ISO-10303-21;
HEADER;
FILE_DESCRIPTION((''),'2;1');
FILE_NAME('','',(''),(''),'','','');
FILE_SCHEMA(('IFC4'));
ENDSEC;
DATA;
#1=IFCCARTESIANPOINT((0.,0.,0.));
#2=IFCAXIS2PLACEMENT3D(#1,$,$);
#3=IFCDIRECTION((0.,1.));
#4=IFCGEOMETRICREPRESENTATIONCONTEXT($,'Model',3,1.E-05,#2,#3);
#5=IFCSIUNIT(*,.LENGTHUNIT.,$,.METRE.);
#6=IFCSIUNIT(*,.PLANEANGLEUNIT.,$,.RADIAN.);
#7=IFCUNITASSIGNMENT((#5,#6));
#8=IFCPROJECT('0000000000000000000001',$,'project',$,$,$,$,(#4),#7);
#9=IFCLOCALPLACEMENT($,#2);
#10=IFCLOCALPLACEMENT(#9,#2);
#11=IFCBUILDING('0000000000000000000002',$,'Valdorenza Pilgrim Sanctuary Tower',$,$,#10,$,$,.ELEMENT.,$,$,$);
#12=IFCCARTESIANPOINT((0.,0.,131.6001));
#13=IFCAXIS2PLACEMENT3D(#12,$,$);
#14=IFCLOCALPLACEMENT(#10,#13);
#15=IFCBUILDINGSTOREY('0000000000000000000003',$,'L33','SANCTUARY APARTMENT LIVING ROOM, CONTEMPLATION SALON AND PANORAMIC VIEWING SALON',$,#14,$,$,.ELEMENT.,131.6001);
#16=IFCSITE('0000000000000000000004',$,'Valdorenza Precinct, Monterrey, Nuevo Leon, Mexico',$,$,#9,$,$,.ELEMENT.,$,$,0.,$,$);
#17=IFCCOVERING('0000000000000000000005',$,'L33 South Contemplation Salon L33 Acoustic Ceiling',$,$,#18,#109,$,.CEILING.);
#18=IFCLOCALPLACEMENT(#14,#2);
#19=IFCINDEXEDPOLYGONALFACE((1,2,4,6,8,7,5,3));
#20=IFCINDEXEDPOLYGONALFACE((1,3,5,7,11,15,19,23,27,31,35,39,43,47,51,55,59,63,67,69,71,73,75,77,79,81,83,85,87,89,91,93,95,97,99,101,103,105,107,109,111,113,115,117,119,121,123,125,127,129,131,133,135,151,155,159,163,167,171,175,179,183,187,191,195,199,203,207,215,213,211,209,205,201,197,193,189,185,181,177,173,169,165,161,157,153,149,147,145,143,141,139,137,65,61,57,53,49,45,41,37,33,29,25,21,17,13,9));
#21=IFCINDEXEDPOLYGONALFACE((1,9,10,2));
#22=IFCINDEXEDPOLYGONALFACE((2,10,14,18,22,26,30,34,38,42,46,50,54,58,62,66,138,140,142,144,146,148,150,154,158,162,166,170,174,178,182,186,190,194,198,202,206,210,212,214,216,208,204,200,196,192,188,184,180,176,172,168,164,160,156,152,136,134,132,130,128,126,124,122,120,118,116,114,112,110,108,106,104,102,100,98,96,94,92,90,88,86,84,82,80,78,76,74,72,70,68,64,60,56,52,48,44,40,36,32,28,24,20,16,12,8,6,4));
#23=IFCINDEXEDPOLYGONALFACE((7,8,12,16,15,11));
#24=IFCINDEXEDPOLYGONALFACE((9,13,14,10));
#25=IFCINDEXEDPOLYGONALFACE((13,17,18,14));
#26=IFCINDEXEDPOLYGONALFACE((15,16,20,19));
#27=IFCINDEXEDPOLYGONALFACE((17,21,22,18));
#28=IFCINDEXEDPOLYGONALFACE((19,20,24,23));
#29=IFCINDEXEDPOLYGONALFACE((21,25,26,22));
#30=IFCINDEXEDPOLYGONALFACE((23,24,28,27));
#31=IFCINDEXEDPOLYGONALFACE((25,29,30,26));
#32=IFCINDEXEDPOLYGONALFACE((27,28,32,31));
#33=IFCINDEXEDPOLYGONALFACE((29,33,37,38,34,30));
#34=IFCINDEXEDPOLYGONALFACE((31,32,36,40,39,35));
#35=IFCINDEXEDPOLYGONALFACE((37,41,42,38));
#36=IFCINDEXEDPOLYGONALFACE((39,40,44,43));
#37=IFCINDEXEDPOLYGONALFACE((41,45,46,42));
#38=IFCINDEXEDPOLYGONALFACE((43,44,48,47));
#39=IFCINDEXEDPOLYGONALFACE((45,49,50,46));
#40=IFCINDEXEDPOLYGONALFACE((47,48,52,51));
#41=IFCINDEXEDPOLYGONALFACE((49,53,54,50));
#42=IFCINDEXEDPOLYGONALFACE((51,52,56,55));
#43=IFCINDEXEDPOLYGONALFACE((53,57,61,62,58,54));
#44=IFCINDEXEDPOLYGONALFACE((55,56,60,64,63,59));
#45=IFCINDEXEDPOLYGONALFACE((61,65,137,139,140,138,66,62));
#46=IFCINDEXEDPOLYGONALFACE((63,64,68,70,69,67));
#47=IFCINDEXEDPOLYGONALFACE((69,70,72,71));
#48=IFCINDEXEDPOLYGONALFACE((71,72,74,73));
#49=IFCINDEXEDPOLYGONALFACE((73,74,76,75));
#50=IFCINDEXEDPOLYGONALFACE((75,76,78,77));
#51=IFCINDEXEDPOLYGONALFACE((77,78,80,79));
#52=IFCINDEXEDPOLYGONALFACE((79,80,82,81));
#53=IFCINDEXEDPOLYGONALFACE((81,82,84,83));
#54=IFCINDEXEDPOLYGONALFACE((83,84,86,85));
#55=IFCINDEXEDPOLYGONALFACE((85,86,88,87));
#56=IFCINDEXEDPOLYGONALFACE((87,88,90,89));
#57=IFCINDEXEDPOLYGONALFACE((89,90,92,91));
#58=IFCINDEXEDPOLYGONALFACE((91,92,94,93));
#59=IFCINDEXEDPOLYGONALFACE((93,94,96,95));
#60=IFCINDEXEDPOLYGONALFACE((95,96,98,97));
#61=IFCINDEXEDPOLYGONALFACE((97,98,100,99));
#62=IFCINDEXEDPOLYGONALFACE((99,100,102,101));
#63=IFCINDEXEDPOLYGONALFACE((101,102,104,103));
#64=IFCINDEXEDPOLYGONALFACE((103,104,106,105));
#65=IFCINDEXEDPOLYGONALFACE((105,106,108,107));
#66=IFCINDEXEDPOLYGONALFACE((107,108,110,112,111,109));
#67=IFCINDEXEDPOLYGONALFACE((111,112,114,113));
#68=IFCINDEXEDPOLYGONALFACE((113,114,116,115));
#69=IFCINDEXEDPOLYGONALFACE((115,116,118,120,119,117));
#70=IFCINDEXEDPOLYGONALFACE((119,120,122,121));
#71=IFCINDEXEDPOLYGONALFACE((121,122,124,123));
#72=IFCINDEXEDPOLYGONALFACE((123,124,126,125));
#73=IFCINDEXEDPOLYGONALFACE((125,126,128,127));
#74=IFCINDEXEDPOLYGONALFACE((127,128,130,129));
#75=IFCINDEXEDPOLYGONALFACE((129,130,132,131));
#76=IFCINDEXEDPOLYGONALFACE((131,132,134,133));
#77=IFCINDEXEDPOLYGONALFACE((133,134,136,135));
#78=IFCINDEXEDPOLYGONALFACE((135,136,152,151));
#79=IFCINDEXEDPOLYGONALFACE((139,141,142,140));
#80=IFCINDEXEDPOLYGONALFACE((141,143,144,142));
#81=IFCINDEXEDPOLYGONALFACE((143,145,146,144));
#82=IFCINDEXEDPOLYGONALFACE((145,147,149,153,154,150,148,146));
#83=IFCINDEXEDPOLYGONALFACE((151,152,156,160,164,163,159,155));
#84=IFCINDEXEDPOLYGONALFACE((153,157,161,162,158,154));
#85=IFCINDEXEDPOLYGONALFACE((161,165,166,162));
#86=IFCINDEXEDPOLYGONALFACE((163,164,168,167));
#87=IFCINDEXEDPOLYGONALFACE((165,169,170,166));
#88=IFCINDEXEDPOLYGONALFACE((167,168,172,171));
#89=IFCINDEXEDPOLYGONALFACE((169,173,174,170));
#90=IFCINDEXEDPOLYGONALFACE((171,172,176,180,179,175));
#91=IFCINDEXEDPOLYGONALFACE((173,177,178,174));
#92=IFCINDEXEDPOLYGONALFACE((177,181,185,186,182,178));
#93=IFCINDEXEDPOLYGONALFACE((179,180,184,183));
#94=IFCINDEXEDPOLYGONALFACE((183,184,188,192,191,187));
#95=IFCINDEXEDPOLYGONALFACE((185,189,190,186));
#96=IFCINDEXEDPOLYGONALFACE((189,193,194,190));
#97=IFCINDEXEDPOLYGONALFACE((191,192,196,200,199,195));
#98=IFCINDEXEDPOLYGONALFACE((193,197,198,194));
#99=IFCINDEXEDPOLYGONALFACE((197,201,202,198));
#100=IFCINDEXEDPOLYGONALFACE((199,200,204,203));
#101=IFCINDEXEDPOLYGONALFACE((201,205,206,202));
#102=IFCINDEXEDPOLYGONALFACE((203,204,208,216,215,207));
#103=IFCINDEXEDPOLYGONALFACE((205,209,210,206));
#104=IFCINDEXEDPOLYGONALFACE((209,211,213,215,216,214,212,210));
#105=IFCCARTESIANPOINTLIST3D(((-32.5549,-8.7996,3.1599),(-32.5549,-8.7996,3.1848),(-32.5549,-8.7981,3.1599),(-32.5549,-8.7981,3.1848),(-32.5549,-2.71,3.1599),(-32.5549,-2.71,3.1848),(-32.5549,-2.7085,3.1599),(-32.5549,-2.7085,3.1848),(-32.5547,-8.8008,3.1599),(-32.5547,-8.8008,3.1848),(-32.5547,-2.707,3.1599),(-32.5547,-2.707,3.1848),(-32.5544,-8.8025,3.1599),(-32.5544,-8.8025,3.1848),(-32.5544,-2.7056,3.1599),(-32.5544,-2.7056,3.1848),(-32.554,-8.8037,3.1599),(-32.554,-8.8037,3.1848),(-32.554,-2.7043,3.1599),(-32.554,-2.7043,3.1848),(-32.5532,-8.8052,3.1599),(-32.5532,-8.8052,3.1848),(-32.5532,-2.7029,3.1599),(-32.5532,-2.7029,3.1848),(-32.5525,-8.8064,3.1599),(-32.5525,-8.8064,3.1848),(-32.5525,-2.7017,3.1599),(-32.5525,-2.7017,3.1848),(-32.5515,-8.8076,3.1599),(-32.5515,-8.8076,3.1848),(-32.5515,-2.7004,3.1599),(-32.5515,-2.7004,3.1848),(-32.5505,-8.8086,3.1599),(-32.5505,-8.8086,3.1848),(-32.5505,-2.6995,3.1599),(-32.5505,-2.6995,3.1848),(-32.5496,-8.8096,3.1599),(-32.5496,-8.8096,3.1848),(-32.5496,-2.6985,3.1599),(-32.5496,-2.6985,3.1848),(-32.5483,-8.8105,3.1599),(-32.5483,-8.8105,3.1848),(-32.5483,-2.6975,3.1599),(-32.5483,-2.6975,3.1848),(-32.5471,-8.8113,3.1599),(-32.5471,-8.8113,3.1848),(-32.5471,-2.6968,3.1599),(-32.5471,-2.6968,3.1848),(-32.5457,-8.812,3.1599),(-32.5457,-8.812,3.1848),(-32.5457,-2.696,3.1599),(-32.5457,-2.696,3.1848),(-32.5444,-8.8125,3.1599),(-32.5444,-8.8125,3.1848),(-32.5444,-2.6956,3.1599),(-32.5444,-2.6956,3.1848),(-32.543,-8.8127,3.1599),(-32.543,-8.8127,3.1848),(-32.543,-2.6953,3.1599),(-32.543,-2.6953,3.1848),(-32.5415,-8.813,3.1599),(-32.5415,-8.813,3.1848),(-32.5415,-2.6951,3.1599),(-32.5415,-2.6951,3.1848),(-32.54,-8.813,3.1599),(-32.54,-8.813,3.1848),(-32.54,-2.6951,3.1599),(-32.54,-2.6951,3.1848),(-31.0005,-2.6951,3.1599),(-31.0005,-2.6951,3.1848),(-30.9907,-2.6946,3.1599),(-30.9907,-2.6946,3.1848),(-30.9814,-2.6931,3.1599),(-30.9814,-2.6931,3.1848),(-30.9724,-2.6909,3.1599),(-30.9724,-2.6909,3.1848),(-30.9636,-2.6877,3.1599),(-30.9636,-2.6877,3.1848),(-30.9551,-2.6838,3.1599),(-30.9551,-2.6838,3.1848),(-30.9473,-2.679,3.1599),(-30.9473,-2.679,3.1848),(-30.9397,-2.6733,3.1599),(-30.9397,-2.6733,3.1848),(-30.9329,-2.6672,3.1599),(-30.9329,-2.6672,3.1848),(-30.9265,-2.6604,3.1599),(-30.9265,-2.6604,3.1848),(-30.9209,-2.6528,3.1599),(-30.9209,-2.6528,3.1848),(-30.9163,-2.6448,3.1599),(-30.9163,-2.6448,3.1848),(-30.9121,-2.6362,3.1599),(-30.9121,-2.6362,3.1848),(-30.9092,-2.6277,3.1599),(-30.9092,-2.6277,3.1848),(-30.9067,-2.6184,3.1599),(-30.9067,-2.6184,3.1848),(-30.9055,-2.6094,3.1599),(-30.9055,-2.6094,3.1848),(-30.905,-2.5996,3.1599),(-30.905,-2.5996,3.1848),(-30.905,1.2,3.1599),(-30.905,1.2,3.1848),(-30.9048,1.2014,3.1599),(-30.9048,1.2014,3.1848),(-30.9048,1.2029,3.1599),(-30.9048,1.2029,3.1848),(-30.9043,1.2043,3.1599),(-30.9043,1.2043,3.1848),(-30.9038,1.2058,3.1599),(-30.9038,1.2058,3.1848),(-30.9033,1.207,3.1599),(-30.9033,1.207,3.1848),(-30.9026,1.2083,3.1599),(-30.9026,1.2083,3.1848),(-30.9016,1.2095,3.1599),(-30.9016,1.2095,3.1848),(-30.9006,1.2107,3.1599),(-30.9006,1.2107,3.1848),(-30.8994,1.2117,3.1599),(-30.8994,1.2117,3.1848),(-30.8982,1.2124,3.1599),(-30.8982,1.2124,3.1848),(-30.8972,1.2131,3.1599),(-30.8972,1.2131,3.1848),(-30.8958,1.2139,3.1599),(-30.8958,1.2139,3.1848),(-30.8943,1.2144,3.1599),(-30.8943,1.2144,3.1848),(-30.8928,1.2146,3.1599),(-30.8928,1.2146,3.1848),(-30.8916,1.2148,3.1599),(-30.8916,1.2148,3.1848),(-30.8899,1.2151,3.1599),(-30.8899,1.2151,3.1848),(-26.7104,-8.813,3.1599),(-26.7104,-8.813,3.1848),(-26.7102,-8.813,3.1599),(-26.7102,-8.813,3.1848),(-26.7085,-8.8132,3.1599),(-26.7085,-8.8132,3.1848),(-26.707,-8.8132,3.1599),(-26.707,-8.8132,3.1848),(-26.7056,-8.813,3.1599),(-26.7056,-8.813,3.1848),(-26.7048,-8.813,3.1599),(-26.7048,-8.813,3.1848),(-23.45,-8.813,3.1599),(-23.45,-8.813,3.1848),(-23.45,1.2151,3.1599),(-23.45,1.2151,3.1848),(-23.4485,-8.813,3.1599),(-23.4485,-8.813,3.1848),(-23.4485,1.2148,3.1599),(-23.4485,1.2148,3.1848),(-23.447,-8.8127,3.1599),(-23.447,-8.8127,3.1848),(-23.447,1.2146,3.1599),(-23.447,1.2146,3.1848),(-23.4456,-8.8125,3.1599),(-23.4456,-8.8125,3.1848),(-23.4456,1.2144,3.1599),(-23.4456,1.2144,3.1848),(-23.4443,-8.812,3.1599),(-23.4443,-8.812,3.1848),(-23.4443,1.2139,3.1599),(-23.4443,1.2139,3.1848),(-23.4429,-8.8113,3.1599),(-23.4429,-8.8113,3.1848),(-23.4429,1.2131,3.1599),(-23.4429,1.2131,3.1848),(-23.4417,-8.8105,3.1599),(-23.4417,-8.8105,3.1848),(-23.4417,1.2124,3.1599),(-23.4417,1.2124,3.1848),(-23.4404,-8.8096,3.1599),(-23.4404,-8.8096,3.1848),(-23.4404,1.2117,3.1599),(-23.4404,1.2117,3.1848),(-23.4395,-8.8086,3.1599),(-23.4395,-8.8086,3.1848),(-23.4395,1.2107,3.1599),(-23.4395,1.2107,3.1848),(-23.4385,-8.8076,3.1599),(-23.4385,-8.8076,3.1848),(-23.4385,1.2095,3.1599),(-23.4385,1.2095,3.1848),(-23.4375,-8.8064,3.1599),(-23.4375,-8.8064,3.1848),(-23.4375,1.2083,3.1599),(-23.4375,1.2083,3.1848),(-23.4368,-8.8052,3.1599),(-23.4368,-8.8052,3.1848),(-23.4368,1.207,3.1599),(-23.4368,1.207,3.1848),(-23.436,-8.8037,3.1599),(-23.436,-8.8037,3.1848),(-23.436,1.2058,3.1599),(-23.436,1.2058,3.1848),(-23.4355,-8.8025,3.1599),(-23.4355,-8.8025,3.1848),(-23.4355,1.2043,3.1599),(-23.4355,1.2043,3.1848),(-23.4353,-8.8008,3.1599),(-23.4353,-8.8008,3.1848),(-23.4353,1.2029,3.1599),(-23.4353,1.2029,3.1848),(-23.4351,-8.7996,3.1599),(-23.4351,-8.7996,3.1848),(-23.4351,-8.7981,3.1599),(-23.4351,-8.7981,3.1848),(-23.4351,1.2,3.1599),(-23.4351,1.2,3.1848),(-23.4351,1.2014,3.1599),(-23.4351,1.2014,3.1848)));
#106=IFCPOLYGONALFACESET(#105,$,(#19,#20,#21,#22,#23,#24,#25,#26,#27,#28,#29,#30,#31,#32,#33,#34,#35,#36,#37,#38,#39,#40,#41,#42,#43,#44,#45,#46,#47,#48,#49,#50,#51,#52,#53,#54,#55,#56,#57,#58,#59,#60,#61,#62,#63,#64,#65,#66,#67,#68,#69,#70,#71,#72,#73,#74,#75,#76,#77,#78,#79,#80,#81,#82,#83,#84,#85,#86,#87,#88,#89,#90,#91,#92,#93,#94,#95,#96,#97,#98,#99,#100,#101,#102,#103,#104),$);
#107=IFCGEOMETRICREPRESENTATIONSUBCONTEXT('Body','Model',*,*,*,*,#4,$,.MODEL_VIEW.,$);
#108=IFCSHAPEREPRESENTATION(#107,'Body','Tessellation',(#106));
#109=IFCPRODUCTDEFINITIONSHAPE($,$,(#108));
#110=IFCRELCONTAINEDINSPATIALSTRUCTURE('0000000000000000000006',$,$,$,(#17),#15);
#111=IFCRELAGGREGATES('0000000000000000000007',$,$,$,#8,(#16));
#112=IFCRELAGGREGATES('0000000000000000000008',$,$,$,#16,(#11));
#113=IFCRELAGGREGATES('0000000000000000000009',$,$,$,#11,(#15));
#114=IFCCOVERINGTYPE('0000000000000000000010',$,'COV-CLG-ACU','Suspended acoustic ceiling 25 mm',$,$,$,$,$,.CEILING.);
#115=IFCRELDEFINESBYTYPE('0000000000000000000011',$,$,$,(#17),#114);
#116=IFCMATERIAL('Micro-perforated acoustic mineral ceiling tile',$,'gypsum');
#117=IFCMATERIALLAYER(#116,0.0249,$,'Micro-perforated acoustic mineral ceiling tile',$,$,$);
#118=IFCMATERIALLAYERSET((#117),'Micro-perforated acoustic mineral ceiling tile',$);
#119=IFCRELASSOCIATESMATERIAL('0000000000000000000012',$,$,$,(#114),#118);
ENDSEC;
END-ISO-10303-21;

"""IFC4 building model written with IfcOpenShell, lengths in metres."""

from ifc_helpers import new_model, si_unit, direction, frame, origin, place, context, subcontext, project, spatial, polyline, outline, extrude, material, layer, layer_set, type_object, element, save


model = new_model("IFC4")

# Units and contexts
model_context = context("Model", 3, precision=1e-05, world=origin(), true_north=direction((0.0, 1.0)))
body_context = subcontext(model_context, "Body", "Model", "MODEL_VIEW")
ifc_project = project(units=[si_unit("LENGTHUNIT", "METRE"), si_unit("PLANEANGLEUNIT", "RADIAN")], contexts=[model_context])

# Site, building, storey
site_placement = place(None, origin())
site = spatial("IfcSite", under=ifc_project, at=site_placement, Name="Valdorenza Precinct, Monterrey, Nuevo Leon, Mexico", CompositionType="ELEMENT", RefElevation=0.0)
building_placement = place(site_placement, origin())
building = spatial("IfcBuilding", under=site, at=building_placement, Name="Valdorenza Pilgrim Sanctuary Tower", CompositionType="ELEMENT")
storey_placement = place(building_placement, frame((0.0, 0.0, 131.6001)))
storey = spatial("IfcBuildingStorey", under=building, at=storey_placement, Name="L33", Description="SANCTUARY APARTMENT LIVING ROOM, CONTEMPLATION SALON AND PANORAMIC VIEWING SALON", CompositionType="ELEMENT", Elevation=131.6001)

# Covering
ifc_material_1 = material(Name="Micro-perforated acoustic mineral ceiling tile", Category="gypsum")
ifc_layer_1 = layer(ifc_material_1, 0.0249, Name="Micro-perforated acoustic mineral ceiling tile")
ifc_layer_set_1 = layer_set([ifc_layer_1], Name="Micro-perforated acoustic mineral ceiling tile")
covering_type_1 = type_object("IfcCoveringType", Name="COV-CLG-ACU", Description="Suspended acoustic ceiling 25 mm", PredefinedType="CEILING", material=ifc_layer_set_1)
covering_1_placement = place(storey_placement, frame((0.0, 0.0, 3.1599)))
element("IfcCovering", 1, at=covering_1_placement, inside=storey, type_object=covering_type_1, Name="L33 South Contemplation Salon L33 Acoustic Ceiling", PredefinedType="CEILING", context=body_context, shape_type="SweptSolid", body=[
    extrude(outline(polyline([(-26.7104, -8.813), (-32.54, -8.813), (-32.5415, -8.813), (-32.543, -8.8127), (-32.5444, -8.8125), (-32.5457, -8.812), (-32.5471, -8.8113), (-32.5483, -8.8105), (-32.5496, -8.8096), (-32.5505, -8.8086), (-32.5515, -8.8076), (-32.5525, -8.8064), (-32.5532, -8.8052), (-32.554, -8.8037), (-32.5544, -8.8025), (-32.5547, -8.8008), (-32.5549, -8.7996), (-32.5549, -8.7981), (-32.5549, -2.71), (-32.5549, -2.7085), (-32.5547, -2.707), (-32.5544, -2.7056), (-32.554, -2.7043), (-32.5532, -2.7029), (-32.5525, -2.7017), (-32.5515, -2.7004), (-32.5505, -2.6995), (-32.5496, -2.6985), (-32.5483, -2.6975), (-32.5471, -2.6968), (-32.5457, -2.696), (-32.5444, -2.6956), (-32.543, -2.6953), (-32.5415, -2.6951), (-32.54, -2.6951), (-31.0005, -2.6951), (-30.9907, -2.6946), (-30.9814, -2.6931), (-30.9724, -2.6909), (-30.9636, -2.6877), (-30.9551, -2.6838), (-30.9473, -2.679), (-30.9397, -2.6733), (-30.9329, -2.6672), (-30.9265, -2.6604), (-30.9209, -2.6528), (-30.9163, -2.6448), (-30.9121, -2.6362), (-30.9092, -2.6277), (-30.9067, -2.6184), (-30.9055, -2.6094), (-30.905, -2.5996), (-30.905, 1.2), (-30.9048, 1.2014), (-30.9048, 1.2029), (-30.9043, 1.2043), (-30.9038, 1.2058), (-30.9033, 1.207), (-30.9026, 1.2083), (-30.9016, 1.2095), (-30.9006, 1.2107), (-30.8994, 1.2117), (-30.8982, 1.2124), (-30.8972, 1.2131), (-30.8958, 1.2139), (-30.8943, 1.2144), (-30.8928, 1.2146), (-30.8916, 1.2148), (-30.8899, 1.2151), (-23.45, 1.2151), (-23.4485, 1.2148), (-23.447, 1.2146), (-23.4456, 1.2144), (-23.4443, 1.2139), (-23.4429, 1.2131), (-23.4417, 1.2124), (-23.4404, 1.2117), (-23.4395, 1.2107), (-23.4385, 1.2095), (-23.4375, 1.2083), (-23.4368, 1.207), (-23.436, 1.2058), (-23.4355, 1.2043), (-23.4353, 1.2029), (-23.4351, 1.2014), (-23.4351, 1.2), (-23.4351, -8.7981), (-23.4351, -8.7996), (-23.4353, -8.8008), (-23.4355, -8.8025), (-23.436, -8.8037), (-23.4368, -8.8052), (-23.4375, -8.8064), (-23.4385, -8.8076), (-23.4395, -8.8086), (-23.4404, -8.8096), (-23.4417, -8.8105), (-23.4429, -8.8113), (-23.4443, -8.812), (-23.4456, -8.8125), (-23.447, -8.8127), (-23.4485, -8.813), (-23.45, -8.813), (-26.7048, -8.813), (-26.7056, -8.813), (-26.707, -8.8132), (-26.7085, -8.8132), (-26.7102, -8.813), (-26.7104, -8.813)])), origin(), (0.0, 0.0, 1.0), 0.0249),
])

save(model, "model.ifc")
